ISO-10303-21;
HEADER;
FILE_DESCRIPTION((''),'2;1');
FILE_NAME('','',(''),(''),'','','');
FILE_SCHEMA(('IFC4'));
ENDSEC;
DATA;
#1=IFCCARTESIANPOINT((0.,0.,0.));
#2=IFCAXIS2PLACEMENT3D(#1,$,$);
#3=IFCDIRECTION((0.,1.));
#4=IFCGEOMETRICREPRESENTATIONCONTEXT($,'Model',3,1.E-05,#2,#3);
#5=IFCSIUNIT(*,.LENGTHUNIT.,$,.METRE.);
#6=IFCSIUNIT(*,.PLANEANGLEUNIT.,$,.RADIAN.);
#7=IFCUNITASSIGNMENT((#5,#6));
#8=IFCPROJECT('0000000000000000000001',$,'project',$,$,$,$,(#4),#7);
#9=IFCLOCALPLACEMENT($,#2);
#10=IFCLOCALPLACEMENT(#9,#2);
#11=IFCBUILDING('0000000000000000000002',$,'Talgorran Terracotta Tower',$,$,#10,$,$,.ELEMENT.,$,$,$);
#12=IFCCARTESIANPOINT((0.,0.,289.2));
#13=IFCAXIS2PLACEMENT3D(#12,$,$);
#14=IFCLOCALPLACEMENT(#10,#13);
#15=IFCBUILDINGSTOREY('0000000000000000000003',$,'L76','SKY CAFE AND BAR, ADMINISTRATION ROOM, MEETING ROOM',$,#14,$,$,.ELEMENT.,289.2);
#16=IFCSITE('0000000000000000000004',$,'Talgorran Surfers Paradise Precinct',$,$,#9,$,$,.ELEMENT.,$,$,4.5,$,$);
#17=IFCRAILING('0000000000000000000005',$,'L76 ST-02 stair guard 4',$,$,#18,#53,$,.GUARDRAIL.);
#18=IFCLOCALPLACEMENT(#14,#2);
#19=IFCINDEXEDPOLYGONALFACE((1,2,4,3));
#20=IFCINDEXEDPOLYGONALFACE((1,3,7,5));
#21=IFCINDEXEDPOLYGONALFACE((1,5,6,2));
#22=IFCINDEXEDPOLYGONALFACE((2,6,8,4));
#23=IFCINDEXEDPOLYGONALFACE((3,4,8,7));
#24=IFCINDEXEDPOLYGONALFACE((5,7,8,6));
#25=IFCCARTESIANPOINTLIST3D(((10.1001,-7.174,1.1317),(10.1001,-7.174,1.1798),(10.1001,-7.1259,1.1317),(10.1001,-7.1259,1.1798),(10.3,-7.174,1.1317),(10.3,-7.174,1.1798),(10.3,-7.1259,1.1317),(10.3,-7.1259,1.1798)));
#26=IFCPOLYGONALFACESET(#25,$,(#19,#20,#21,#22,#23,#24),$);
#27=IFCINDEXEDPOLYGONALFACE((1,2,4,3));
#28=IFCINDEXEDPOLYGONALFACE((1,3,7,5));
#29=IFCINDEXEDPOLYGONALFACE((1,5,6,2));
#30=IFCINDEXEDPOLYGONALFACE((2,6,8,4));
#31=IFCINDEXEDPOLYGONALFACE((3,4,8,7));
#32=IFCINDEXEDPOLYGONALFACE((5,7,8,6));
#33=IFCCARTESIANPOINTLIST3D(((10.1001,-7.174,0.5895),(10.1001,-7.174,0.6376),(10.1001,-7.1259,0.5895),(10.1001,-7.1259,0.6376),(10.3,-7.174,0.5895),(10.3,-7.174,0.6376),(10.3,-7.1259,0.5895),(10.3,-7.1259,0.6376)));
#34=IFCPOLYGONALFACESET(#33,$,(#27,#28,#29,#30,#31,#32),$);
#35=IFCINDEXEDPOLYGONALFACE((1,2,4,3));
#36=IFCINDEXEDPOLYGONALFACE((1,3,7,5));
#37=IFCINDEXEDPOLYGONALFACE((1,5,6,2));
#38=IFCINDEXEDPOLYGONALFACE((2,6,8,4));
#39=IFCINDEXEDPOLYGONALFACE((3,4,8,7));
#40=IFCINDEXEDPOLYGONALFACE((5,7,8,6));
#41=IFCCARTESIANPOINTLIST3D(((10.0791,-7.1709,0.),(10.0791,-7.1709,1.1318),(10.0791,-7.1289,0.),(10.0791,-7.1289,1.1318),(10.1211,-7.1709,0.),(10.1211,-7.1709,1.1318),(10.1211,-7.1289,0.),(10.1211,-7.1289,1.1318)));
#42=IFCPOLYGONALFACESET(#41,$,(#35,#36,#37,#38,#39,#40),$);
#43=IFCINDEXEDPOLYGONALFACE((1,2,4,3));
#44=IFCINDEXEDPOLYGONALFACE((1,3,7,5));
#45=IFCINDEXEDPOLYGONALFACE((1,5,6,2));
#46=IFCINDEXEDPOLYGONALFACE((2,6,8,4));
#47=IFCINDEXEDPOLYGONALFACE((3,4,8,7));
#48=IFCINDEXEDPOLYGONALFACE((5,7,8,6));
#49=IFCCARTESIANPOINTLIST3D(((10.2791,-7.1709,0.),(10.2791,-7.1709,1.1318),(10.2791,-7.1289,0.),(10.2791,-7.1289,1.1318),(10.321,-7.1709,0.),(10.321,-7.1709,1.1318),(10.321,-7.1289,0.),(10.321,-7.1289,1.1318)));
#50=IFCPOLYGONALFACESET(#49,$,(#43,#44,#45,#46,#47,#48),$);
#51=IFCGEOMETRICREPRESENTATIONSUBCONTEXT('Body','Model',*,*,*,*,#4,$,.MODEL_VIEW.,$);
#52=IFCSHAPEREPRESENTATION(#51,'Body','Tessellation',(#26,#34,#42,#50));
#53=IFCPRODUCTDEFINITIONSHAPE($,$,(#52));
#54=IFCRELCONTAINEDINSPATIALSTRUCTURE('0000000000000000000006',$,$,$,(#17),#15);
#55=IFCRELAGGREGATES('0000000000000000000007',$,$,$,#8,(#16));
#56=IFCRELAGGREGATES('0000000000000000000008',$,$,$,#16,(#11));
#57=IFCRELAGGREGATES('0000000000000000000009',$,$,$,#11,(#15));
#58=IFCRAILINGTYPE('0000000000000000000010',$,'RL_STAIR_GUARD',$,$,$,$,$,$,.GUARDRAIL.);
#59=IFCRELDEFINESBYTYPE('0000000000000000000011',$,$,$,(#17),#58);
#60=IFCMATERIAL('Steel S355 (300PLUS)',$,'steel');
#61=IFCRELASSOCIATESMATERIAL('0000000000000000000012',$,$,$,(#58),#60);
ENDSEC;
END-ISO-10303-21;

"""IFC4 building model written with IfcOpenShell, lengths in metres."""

from ifc_helpers import new_model, si_unit, direction, frame, origin, origin_2d, place, context, subcontext, project, spatial, rectangle, extrude, material, type_object, element, save


model = new_model("IFC4")

# Units and contexts
model_context = context("Model", 3, precision=1e-05, world=origin(), true_north=direction((0.0, 1.0)))
body_context = subcontext(model_context, "Body", "Model", "MODEL_VIEW")
ifc_project = project(units=[si_unit("LENGTHUNIT", "METRE"), si_unit("PLANEANGLEUNIT", "RADIAN")], contexts=[model_context])

# Site, building, storey
site_placement = place(None, origin())
site = spatial("IfcSite", under=ifc_project, at=site_placement, Name="Talgorran Surfers Paradise Precinct", CompositionType="ELEMENT", RefElevation=4.5)
building_placement = place(site_placement, origin())
building = spatial("IfcBuilding", under=site, at=building_placement, Name="Talgorran Terracotta Tower", CompositionType="ELEMENT")
storey_placement = place(building_placement, frame((0.0, 0.0, 289.2)))
storey = spatial("IfcBuildingStorey", under=building, at=storey_placement, Name="L76", Description="SKY CAFE AND BAR, ADMINISTRATION ROOM, MEETING ROOM", CompositionType="ELEMENT", Elevation=289.2)

# Shared definitions
ifc_material_1 = material(Name="Steel S355 (300PLUS)", Category="steel")

# Railing
railing_type_1 = type_object("IfcRailingType", Name="RL_STAIR_GUARD", PredefinedType="GUARDRAIL", material=ifc_material_1)
railing_1_placement = place(storey_placement, frame((10.1001, -7.1499, 0.0)))
element("IfcRailing", 1, at=railing_1_placement, inside=storey, type_object=railing_type_1, Name="L76 ST-02 stair guard 4", PredefinedType="GUARDRAIL", context=body_context, shape_type="SweptSolid", body=[
    extrude(rectangle(XDim=0.0481, YDim=0.0481, at=origin_2d()), frame((0.0, 0.0, 1.1558), z_axis=(1.0, 0.0, 0.0), x_axis=(0.0, 1.0, 0.0)), (0.0, 0.0, 1.0), 0.2),
    extrude(rectangle(XDim=0.0481, YDim=0.0481, at=origin_2d()), frame((0.0, 0.0, 0.6135), z_axis=(1.0, 0.0, 0.0), x_axis=(0.0, 1.0, 0.0)), (0.0, 0.0, 1.0), 0.2),
    extrude(rectangle(XDim=0.042, YDim=0.042, at=origin_2d()), origin(), (0.0, 0.0, 1.0), 1.1318),
    extrude(rectangle(XDim=0.042, YDim=0.042, at=origin_2d()), frame((0.2, 0.0, 0.0)), (0.0, 0.0, 1.0), 1.1318),
])

save(model, "model.ifc")
